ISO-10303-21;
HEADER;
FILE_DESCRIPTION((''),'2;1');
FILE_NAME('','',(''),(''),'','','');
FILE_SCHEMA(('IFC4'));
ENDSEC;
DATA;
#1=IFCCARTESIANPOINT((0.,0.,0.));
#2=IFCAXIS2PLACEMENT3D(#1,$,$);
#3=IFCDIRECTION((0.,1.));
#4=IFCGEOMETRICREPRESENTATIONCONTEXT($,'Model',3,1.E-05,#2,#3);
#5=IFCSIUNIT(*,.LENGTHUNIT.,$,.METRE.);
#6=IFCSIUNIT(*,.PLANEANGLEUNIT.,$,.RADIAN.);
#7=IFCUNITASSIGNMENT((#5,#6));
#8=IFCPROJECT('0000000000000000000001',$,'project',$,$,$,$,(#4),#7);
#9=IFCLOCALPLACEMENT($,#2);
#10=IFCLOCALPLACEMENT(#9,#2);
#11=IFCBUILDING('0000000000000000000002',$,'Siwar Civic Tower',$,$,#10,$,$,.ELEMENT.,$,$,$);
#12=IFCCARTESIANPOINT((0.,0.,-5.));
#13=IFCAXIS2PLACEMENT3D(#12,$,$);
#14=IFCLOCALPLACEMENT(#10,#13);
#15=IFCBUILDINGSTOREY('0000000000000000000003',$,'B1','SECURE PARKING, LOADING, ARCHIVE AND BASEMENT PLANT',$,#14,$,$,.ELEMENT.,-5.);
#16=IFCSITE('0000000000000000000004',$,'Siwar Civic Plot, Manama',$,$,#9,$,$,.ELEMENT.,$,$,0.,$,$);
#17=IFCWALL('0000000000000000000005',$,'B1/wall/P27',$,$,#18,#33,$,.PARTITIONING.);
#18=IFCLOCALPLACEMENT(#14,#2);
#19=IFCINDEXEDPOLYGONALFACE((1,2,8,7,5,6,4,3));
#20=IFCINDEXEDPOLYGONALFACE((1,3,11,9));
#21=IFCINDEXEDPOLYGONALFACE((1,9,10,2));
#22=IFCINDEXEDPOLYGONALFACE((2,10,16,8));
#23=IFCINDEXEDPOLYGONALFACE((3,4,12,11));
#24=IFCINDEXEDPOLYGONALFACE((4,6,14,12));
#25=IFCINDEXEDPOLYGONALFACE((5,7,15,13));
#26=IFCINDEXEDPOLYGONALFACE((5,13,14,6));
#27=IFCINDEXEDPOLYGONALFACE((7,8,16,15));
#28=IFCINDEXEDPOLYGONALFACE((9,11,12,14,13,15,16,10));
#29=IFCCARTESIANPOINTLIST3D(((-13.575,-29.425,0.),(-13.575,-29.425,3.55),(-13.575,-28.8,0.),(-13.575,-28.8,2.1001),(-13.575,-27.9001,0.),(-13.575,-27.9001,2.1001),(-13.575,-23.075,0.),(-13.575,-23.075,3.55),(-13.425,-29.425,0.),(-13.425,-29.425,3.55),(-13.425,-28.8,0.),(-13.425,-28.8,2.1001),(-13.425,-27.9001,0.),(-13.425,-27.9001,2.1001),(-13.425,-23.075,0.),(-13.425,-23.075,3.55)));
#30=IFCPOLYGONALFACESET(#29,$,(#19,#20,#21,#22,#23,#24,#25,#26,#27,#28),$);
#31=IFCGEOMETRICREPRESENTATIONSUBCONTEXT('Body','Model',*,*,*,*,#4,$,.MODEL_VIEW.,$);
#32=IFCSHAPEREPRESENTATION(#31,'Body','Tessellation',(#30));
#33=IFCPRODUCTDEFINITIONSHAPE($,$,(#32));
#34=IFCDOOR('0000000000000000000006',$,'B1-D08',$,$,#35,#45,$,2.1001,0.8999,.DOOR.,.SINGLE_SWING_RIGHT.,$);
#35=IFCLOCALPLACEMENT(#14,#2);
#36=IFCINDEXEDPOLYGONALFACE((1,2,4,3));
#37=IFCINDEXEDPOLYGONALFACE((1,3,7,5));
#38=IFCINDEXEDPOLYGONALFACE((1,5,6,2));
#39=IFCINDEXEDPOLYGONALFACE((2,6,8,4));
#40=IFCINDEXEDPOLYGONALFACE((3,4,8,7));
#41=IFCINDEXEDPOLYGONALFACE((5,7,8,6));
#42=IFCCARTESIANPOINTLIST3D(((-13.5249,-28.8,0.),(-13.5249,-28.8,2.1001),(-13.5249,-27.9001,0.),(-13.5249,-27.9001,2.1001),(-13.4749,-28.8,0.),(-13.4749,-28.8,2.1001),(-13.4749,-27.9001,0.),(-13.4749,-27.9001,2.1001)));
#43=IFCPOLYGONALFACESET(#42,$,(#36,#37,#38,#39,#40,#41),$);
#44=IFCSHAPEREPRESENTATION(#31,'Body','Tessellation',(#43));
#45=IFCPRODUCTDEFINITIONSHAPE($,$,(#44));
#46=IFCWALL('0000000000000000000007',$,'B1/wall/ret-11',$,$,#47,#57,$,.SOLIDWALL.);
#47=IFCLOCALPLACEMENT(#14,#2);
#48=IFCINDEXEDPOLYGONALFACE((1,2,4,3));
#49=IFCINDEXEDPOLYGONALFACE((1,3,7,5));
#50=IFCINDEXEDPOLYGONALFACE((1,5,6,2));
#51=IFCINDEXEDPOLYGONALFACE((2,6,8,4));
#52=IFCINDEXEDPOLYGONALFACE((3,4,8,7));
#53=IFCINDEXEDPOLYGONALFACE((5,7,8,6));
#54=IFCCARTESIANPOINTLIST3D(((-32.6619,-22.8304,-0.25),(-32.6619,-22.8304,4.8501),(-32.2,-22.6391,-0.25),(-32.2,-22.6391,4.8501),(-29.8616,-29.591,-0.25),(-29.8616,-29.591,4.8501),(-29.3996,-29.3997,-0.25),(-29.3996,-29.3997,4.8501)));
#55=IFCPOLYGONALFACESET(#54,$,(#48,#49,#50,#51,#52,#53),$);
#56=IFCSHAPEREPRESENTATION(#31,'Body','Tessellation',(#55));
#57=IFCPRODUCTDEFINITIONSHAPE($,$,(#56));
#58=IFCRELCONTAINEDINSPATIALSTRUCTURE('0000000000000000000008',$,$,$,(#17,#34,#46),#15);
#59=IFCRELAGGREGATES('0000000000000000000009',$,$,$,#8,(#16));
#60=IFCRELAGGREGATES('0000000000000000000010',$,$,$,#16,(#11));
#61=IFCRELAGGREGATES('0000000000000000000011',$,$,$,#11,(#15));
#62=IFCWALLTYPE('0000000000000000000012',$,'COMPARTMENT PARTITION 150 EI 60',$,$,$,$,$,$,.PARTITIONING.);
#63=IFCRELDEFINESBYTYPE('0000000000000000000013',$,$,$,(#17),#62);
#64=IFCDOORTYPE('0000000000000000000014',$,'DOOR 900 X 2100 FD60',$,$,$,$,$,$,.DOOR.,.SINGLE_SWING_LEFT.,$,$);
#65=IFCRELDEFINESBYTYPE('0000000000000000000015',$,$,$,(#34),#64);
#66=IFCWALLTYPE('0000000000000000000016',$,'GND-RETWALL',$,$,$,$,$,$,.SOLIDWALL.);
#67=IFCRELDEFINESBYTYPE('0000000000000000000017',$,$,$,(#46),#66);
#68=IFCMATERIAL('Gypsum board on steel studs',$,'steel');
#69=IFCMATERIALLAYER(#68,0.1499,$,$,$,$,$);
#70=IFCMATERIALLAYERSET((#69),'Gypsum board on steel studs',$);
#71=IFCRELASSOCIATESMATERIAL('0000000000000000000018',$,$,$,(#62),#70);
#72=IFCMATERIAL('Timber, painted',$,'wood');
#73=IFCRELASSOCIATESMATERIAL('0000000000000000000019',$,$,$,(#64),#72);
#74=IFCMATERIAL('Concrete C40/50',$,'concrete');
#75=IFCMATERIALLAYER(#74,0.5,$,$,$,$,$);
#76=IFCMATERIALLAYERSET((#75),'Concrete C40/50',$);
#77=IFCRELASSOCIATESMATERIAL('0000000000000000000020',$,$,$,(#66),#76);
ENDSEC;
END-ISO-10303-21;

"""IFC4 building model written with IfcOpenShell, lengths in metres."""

from ifc_helpers import new_model, si_unit, direction, frame, frame_2d, origin, place, context, subcontext, project, spatial, rectangle, extrude, material, layer, layer_set, type_object, element, fill, save


model = new_model("IFC4")

# Units and contexts
model_context = context("Model", 3, precision=1e-05, world=origin(), true_north=direction((0.0, 1.0)))
body_context = subcontext(model_context, "Body", "Model", "MODEL_VIEW")
ifc_project = project(units=[si_unit("LENGTHUNIT", "METRE"), si_unit("PLANEANGLEUNIT", "RADIAN")], contexts=[model_context])

# Site, building, storey
site_placement = place(None, origin())
site = spatial("IfcSite", under=ifc_project, at=site_placement, Name="Siwar Civic Plot, Manama", CompositionType="ELEMENT", RefElevation=0.0)
building_placement = place(site_placement, origin())
building = spatial("IfcBuilding", under=site, at=building_placement, Name="Siwar Civic Tower", CompositionType="ELEMENT")
storey_placement = place(building_placement, frame((0.0, 0.0, -5.0)))
storey = spatial("IfcBuildingStorey", under=building, at=storey_placement, Name="B1", Description="SECURE PARKING, LOADING, ARCHIVE AND BASEMENT PLANT", CompositionType="ELEMENT", Elevation=-5.0)

# Shared definitions
ifc_material_1 = material(Name="Gypsum board on steel studs", Category="steel")
ifc_layer_1 = layer(ifc_material_1, 0.1499)
ifc_layer_set_1 = layer_set([ifc_layer_1], Name="Gypsum board on steel studs")
wall_type_1 = type_object("IfcWallType", Name="COMPARTMENT PARTITION 150 EI 60", PredefinedType="PARTITIONING", material=ifc_layer_set_1)

# Shared definitions
ifc_material_2 = material(Name="Timber, painted", Category="wood")
door_type = type_object("IfcDoorType", Name="DOOR 900 X 2100 FD60", OperationType="SINGLE_SWING_LEFT", PredefinedType="DOOR", material=ifc_material_2)

# Wall, opening, door
wall_1_placement = place(storey_placement, frame((-13.5, -29.425, 0.0), z_axis=(0.0, 0.0, 1.0), x_axis=(0.0, 1.0, 0.0)))
wall_1 = element("IfcWall", 1, at=wall_1_placement, inside=storey, type_object=wall_type_1, Name="B1/wall/P27", PredefinedType="PARTITIONING", context=body_context, shape_type="SweptSolid", body=[
    extrude(rectangle(XDim=6.3501, YDim=0.1499, at=frame_2d((3.175, 0.0))), origin(), (0.0, 0.0, 1.0), 3.55),
])
opening_1_placement = place(wall_1_placement, frame((0.625, 0.0, 0.0)))
opening_1 = element("IfcOpeningElement", 2, at=opening_1_placement, cuts=wall_1, PredefinedType="OPENING", context=body_context, shape_type="SweptSolid", body=[
    extrude(rectangle(XDim=0.8999, YDim=2.1001, at=frame_2d((0.45, 1.05))), frame((0.0, 0.085, 0.0), z_axis=(0.0, -1.0, 0.0), x_axis=(1.0, 0.0, 0.0)), (0.0, 0.0, 1.0), 0.1699),
])
door_1_placement = place(opening_1_placement, origin())
door_1 = element("IfcDoor", 3, at=door_1_placement, inside=storey, type_object=door_type, Name="B1-D08", OperationType="SINGLE_SWING_RIGHT", OverallHeight=2.1001, OverallWidth=0.8999, PredefinedType="DOOR", context=body_context, shape_type="SweptSolid", body=[
    extrude(rectangle(XDim=0.8999, YDim=2.1001, at=frame_2d((0.45, 1.05))), frame((0.0, 0.0249, 0.0), z_axis=(0.0, -1.0, 0.0), x_axis=(1.0, 0.0, 0.0)), (0.0, 0.0, 1.0), 0.05),
])
fill(opening_1, door_1)

# Wall
ifc_material_3 = material(Name="Concrete C40/50", Category="concrete")
ifc_layer_2 = layer(ifc_material_3, 0.5)
ifc_layer_set_2 = layer_set([ifc_layer_2], Name="Concrete C40/50")
wall_type_2 = type_object("IfcWallType", Name="GND-RETWALL", PredefinedType="SOLIDWALL", material=ifc_layer_set_2)
wall_2_placement = place(storey_placement, frame((-32.4309, -22.7349, -0.25), z_axis=(0.0, 0.0, 1.0), x_axis=(0.382684, -0.923879, 0.0)))
element("IfcWall", 4, at=wall_2_placement, inside=storey, type_object=wall_type_2, Name="B1/wall/ret-11", PredefinedType="SOLIDWALL", context=body_context, shape_type="SweptSolid", body=[
    extrude(rectangle(XDim=7.3176, YDim=0.5, at=frame_2d((3.6587, 0.0))), origin(), (0.0, 0.0, 1.0), 5.1001),
])

save(model, "model.ifc")
